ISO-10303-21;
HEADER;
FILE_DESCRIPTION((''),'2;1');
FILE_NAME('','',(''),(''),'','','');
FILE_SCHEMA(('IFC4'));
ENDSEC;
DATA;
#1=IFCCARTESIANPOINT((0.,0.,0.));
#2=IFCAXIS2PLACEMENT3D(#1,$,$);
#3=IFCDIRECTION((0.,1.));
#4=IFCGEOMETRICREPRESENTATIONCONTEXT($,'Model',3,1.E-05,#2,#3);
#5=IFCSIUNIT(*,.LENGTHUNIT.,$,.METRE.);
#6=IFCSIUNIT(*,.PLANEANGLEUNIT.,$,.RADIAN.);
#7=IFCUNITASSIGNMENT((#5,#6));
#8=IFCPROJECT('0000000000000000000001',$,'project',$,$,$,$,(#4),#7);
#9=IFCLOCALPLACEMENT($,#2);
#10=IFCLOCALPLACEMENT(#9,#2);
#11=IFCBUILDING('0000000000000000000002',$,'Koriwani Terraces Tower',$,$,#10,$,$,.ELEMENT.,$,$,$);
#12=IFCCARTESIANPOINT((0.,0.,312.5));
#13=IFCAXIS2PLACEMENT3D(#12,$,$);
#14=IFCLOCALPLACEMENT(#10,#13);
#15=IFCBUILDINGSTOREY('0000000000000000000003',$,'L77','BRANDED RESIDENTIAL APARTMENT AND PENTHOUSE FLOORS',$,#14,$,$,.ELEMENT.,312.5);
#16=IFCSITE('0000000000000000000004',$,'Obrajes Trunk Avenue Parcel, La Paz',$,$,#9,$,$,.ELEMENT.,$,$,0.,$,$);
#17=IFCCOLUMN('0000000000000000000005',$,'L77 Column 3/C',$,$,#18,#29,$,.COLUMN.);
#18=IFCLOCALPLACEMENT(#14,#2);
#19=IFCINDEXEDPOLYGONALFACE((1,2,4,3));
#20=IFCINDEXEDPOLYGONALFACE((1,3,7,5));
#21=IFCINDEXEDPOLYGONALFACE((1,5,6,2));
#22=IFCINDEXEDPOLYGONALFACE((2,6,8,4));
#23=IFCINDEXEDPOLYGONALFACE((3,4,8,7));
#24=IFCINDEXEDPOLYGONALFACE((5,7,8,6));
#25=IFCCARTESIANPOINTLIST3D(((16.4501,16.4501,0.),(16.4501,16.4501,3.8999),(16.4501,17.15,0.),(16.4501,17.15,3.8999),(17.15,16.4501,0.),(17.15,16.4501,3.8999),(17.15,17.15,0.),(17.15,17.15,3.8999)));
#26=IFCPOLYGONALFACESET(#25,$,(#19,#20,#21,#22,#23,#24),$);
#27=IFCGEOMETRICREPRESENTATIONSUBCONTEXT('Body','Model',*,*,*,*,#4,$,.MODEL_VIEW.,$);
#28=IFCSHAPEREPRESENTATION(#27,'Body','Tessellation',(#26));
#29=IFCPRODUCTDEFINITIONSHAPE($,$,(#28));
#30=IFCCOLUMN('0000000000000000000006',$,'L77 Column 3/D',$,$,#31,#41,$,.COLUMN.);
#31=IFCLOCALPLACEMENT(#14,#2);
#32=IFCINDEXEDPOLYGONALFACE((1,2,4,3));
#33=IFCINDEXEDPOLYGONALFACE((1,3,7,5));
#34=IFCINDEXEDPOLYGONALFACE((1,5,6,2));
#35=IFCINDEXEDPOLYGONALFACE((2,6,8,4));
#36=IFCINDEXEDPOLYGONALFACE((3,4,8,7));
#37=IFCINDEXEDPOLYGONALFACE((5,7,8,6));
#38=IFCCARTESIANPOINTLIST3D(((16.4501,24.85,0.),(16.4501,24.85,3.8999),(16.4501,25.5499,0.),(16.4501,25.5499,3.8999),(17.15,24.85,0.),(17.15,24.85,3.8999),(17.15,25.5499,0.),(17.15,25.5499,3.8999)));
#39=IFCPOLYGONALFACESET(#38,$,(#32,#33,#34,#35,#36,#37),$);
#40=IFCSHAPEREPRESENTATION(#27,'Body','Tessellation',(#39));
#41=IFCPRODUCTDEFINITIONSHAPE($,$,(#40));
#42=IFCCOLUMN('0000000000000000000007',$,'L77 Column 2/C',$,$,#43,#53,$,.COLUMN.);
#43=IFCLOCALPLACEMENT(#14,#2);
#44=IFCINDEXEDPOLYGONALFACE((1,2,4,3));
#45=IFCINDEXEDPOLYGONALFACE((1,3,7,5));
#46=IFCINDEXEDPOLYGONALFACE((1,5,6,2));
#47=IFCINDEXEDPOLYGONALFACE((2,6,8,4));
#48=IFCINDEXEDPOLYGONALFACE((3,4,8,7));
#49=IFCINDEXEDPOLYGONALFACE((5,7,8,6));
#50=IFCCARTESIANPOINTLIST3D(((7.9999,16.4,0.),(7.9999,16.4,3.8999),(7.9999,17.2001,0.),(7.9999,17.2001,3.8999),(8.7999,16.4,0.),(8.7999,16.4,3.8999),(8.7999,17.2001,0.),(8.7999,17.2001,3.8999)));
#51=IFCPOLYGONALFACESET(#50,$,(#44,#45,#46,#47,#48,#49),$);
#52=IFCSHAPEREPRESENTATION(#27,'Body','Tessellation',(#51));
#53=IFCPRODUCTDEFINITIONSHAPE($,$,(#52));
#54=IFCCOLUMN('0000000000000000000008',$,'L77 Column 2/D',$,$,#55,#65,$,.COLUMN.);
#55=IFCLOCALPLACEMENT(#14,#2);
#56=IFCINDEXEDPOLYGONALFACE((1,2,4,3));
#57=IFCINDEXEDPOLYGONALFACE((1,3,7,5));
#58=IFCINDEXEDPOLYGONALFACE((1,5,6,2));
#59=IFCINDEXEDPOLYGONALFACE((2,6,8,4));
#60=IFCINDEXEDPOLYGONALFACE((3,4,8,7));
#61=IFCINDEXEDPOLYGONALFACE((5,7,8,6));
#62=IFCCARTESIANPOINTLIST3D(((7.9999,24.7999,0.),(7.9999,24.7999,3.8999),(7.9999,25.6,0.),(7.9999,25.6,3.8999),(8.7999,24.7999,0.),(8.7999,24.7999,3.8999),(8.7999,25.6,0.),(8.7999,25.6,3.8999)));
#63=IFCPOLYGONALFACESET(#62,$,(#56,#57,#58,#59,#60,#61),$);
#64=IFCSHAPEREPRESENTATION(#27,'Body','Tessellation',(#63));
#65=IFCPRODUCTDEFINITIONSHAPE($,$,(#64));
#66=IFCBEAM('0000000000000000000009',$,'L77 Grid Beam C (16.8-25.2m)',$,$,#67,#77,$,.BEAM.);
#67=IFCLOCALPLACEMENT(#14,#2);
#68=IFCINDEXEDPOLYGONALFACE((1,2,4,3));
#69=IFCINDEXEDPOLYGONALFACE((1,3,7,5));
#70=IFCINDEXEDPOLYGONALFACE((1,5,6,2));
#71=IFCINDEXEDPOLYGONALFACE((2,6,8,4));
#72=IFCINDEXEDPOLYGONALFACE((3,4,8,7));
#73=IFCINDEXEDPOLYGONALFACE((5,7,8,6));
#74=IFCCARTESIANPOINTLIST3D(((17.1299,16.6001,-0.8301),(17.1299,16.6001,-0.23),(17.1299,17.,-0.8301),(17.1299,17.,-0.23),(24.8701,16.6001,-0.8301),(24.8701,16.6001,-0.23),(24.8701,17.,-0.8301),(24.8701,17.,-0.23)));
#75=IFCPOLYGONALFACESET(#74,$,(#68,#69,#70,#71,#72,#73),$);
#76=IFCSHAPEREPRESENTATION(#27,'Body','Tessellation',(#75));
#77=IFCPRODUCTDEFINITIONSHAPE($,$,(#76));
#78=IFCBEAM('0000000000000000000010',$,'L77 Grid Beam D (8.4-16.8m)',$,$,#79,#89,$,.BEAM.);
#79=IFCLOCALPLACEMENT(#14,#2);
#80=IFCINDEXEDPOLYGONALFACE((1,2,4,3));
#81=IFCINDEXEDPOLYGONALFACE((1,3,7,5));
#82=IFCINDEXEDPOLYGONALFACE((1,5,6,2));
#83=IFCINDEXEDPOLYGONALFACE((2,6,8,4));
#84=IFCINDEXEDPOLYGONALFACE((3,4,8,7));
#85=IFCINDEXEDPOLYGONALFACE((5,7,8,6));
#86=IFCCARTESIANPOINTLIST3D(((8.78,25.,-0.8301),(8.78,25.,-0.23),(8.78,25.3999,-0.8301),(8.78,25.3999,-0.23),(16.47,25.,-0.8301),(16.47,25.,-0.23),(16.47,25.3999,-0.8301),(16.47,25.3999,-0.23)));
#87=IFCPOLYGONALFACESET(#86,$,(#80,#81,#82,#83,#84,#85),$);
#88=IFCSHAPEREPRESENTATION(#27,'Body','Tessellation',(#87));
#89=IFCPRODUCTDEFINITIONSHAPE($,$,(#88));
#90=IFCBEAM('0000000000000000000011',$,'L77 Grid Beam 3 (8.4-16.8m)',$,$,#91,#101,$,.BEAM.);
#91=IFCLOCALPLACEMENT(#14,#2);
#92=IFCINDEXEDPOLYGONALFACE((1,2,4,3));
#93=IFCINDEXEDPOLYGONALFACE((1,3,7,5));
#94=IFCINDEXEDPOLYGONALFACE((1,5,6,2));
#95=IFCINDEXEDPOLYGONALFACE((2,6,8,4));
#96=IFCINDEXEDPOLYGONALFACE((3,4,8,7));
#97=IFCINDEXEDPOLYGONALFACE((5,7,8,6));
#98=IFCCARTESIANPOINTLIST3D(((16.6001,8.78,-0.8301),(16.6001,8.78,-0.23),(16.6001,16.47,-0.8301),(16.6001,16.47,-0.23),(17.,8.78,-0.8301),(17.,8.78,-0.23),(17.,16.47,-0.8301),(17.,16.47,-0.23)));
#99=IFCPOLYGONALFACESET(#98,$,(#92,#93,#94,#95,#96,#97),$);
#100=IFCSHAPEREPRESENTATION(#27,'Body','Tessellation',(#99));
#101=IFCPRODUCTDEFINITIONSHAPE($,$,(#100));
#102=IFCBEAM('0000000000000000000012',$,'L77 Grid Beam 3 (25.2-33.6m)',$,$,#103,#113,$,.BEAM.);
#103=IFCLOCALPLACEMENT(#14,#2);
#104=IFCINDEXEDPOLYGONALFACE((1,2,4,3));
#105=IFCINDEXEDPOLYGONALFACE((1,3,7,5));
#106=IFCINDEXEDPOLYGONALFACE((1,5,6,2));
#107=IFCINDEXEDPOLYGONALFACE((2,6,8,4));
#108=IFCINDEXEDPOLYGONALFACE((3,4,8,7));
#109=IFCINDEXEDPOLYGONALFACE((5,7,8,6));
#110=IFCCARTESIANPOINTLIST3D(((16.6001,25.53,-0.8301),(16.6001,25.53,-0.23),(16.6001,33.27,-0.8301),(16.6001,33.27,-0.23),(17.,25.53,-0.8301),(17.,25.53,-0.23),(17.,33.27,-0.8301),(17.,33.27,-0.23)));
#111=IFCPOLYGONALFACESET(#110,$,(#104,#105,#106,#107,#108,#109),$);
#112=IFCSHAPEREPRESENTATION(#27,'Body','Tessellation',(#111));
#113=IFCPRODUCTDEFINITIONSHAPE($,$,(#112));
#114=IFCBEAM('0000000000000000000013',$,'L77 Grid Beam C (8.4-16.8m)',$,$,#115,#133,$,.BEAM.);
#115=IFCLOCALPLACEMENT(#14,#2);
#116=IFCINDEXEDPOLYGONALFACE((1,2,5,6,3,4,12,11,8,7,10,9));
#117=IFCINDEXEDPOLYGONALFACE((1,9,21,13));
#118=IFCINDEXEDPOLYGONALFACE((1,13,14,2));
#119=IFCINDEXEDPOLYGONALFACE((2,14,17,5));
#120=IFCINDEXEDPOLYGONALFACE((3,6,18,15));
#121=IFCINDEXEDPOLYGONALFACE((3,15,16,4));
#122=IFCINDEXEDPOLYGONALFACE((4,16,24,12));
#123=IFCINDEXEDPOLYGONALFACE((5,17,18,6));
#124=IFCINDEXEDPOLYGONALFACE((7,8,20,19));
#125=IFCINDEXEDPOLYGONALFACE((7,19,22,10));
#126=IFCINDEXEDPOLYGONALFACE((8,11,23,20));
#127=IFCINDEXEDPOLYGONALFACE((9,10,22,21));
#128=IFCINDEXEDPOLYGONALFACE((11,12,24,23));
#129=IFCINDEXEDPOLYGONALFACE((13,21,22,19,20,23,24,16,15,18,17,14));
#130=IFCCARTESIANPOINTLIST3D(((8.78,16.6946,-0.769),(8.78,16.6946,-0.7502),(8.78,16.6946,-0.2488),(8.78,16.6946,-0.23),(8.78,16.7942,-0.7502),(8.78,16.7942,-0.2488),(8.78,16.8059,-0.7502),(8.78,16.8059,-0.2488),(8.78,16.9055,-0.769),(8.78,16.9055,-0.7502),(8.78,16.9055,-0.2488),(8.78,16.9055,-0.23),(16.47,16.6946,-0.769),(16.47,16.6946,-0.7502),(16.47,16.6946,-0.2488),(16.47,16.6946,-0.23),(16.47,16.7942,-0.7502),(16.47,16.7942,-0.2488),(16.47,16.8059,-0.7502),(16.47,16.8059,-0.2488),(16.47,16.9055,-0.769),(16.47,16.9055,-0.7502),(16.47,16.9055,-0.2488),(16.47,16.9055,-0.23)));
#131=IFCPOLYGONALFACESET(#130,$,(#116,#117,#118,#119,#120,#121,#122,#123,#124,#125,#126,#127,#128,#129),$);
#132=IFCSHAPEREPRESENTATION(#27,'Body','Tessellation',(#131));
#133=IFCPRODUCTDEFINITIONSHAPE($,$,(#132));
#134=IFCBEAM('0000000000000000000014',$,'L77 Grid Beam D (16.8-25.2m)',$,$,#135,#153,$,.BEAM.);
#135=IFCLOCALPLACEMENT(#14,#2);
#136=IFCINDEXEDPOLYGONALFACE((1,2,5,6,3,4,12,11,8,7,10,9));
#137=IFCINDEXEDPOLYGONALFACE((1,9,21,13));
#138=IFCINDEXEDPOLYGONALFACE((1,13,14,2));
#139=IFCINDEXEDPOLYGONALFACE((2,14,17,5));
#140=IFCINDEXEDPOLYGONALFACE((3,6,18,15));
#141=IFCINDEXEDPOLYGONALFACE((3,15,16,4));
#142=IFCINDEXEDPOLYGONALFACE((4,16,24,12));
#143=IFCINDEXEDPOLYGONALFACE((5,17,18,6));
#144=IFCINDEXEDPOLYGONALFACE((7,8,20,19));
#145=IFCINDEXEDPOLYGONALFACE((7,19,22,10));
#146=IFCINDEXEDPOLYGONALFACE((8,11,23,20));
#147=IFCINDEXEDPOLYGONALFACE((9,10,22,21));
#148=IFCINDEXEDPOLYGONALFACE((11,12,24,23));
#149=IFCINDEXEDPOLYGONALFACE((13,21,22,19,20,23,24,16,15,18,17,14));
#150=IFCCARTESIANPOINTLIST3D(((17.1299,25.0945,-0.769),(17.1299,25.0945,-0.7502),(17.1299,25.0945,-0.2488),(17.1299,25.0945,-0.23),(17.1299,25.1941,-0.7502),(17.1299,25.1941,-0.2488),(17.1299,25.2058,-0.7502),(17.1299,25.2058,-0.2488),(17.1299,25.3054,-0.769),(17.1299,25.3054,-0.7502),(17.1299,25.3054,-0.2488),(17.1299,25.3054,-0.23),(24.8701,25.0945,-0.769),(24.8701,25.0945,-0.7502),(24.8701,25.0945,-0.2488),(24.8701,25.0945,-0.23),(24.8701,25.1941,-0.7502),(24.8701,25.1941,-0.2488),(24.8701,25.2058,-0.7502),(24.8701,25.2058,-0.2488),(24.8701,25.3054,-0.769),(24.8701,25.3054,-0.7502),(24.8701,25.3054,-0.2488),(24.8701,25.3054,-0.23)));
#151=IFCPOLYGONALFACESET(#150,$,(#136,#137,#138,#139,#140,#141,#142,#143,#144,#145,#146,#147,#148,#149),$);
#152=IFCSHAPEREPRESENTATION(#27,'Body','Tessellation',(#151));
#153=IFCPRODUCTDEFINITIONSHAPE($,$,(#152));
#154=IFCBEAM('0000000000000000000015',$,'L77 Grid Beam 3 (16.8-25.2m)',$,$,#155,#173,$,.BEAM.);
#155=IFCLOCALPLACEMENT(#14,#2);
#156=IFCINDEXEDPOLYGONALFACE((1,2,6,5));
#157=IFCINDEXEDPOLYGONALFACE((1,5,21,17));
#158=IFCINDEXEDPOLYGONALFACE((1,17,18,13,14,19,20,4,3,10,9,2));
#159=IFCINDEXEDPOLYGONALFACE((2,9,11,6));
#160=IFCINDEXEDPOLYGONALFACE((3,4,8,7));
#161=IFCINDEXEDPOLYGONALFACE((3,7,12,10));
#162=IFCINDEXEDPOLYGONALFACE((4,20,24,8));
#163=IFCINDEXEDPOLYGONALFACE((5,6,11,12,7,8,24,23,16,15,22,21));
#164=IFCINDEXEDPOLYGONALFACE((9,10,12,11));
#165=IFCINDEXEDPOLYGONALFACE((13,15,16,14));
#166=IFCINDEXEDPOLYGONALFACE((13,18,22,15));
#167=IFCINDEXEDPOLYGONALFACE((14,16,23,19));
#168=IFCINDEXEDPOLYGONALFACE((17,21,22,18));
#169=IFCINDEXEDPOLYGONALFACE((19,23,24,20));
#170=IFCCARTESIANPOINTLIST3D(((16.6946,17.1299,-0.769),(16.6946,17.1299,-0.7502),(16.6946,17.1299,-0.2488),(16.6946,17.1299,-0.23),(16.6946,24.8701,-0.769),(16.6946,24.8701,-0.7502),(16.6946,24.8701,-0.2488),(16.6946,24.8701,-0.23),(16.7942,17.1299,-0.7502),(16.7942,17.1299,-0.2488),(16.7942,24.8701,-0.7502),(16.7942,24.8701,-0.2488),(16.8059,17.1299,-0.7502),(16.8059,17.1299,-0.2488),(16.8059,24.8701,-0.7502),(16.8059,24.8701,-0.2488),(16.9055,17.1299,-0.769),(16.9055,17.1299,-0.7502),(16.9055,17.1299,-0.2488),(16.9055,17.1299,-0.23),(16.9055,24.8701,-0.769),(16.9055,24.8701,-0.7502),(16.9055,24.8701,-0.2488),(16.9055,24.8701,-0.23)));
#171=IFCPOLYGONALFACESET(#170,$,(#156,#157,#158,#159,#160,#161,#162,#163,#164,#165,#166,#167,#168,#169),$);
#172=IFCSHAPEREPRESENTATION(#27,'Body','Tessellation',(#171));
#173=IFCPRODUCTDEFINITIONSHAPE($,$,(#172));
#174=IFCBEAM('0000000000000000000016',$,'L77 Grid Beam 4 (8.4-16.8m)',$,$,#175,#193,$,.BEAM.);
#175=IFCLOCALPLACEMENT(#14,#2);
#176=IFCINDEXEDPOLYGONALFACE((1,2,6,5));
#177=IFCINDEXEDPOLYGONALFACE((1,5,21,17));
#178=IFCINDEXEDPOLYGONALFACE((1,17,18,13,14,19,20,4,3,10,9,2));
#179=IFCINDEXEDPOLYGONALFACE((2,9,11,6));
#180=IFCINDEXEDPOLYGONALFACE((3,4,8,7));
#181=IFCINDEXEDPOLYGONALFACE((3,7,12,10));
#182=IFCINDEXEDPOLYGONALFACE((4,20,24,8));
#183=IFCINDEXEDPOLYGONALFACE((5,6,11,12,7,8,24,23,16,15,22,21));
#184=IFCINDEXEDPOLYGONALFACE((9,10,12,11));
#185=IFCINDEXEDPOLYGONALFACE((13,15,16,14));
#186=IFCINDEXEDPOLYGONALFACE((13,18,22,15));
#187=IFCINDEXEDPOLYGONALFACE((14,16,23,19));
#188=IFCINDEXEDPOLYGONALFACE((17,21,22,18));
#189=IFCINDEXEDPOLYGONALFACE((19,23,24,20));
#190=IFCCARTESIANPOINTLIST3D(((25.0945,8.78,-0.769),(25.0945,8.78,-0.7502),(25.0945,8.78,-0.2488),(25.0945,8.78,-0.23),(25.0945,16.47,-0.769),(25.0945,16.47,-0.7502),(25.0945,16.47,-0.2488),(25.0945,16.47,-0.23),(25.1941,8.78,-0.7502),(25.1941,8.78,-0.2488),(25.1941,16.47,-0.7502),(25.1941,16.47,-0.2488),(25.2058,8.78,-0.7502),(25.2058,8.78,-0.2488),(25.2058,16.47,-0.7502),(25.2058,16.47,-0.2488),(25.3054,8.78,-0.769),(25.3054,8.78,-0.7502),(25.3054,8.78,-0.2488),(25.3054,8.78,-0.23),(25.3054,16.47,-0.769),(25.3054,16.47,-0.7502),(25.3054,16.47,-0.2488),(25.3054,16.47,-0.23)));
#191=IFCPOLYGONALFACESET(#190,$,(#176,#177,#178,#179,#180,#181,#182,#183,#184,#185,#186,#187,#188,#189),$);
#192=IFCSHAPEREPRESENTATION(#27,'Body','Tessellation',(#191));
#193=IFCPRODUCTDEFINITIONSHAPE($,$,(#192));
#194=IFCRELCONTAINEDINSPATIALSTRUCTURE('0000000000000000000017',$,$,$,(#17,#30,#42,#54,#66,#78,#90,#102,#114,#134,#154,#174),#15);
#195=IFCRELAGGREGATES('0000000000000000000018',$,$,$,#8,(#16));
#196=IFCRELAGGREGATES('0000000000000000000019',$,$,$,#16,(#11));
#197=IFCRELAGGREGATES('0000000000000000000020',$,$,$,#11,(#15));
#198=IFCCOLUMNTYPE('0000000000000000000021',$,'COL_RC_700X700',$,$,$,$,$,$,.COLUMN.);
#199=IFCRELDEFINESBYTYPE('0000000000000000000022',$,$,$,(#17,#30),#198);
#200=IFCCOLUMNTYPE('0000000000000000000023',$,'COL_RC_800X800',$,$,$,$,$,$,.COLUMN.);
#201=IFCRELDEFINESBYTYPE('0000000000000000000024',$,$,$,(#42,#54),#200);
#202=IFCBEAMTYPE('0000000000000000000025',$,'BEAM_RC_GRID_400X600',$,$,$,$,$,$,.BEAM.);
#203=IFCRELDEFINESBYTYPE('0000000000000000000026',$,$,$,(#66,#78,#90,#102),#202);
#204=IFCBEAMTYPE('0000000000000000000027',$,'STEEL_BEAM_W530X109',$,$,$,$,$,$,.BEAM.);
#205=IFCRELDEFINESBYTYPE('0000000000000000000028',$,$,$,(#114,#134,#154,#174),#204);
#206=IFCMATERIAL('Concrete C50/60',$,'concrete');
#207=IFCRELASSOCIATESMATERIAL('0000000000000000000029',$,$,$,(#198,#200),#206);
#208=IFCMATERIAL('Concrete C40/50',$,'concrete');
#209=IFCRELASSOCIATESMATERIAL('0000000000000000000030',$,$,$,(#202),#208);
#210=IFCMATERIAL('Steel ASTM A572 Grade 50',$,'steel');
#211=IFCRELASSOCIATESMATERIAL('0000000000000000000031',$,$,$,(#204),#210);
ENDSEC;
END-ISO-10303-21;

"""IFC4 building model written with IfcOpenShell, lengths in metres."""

from ifc_helpers import new_model, si_unit, direction, frame, origin, origin_2d, place, context, subcontext, project, spatial, rectangle, i_section, extrude, material, material_profile, profile_set, type_object, element, save


model = new_model("IFC4")

# Units and contexts
model_context = context("Model", 3, precision=1e-05, world=origin(), true_north=direction((0.0, 1.0)))
body_context = subcontext(model_context, "Body", "Model", "MODEL_VIEW")
ifc_project = project(units=[si_unit("LENGTHUNIT", "METRE"), si_unit("PLANEANGLEUNIT", "RADIAN")], contexts=[model_context])

# Site, building, storey
site_placement = place(None, origin())
site = spatial("IfcSite", under=ifc_project, at=site_placement, Name="Obrajes Trunk Avenue Parcel, La Paz", CompositionType="ELEMENT", RefElevation=0.0)
building_placement = place(site_placement, origin())
building = spatial("IfcBuilding", under=site, at=building_placement, Name="Koriwani Terraces Tower", CompositionType="ELEMENT")
storey_placement = place(building_placement, frame((0.0, 0.0, 312.5)))
storey = spatial("IfcBuildingStorey", under=building, at=storey_placement, Name="L77", Description="BRANDED RESIDENTIAL APARTMENT AND PENTHOUSE FLOORS", CompositionType="ELEMENT", Elevation=312.5)

# Columns
ifc_material_1 = material(Name="Concrete C50/60", Category="concrete")
ifc_material_profile_1 = material_profile(ifc_material_1, rectangle(XDim=0.7, YDim=0.7, at=origin_2d()), Name="Concrete C50/60", Category="LoadBearing")
ifc_profile_set_1 = profile_set([ifc_material_profile_1], Name="Concrete C50/60")
column_type_1 = type_object("IfcColumnType", Name="COL_RC_700X700", PredefinedType="COLUMN", material=ifc_profile_set_1)
for number, where, z_axis, x_axis, name in (
    (1, (16.8, 16.8, 0.0), (0.0, 0.0, 1.0), (1.0, 0.0, 0.0), "L77 Column 3/C"),
    (2, (16.8, 25.2, 0.0), (0.0, 0.0, 1.0), (1.0, 0.0, 0.0), "L77 Column 3/D"),
):
    element("IfcColumn", number, at=place(storey_placement, frame(where, z_axis=z_axis, x_axis=x_axis)), inside=storey, type_object=column_type_1, Name=name, PredefinedType="COLUMN", context=body_context, shape_type="SweptSolid", body=[
        extrude(rectangle(XDim=0.7, YDim=0.7, at=origin_2d()), origin(), (0.0, 0.0, 1.0), 3.8999),
    ])
ifc_material_profile_2 = material_profile(ifc_material_1, rectangle(XDim=0.8, YDim=0.8, at=origin_2d()), Name="Concrete C50/60", Category="LoadBearing")
ifc_profile_set_2 = profile_set([ifc_material_profile_2], Name="Concrete C50/60")
column_type_2 = type_object("IfcColumnType", Name="COL_RC_800X800", PredefinedType="COLUMN", material=ifc_profile_set_2)
for number, where, z_axis, x_axis, name in (
    (3, (8.3999, 16.8, 0.0), (0.0, 0.0, 1.0), (1.0, 0.0, 0.0), "L77 Column 2/C"),
    (4, (8.3999, 25.2, 0.0), (0.0, 0.0, 1.0), (1.0, 0.0, 0.0), "L77 Column 2/D"),
):
    element("IfcColumn", number, at=place(storey_placement, frame(where, z_axis=z_axis, x_axis=x_axis)), inside=storey, type_object=column_type_2, Name=name, PredefinedType="COLUMN", context=body_context, shape_type="SweptSolid", body=[
        extrude(rectangle(XDim=0.8, YDim=0.8, at=origin_2d()), origin(), (0.0, 0.0, 1.0), 3.8999),
    ])

# Beams
ifc_material_2 = material(Name="Concrete C40/50", Category="concrete")
ifc_material_profile_3 = material_profile(ifc_material_2, rectangle(XDim=0.3999, YDim=0.6001, at=origin_2d()), Name="Concrete C40/50", Category="LoadBearing")
ifc_profile_set_3 = profile_set([ifc_material_profile_3], Name="Concrete C40/50")
beam_type_1 = type_object("IfcBeamType", Name="BEAM_RC_GRID_400X600", PredefinedType="BEAM", material=ifc_profile_set_3)
beam_1_placement = place(storey_placement, frame((17.1299, 16.8, -0.53), z_axis=(1.0, 0.0, 0.0), x_axis=(0.0, 1.0, 0.0)))
element("IfcBeam", 5, at=beam_1_placement, inside=storey, type_object=beam_type_1, Name="L77 Grid Beam C (16.8-25.2m)", PredefinedType="BEAM", context=body_context, shape_type="SweptSolid", body=[
    extrude(rectangle(XDim=0.3999, YDim=0.6001, at=origin_2d()), origin(), (0.0, 0.0, 1.0), 7.7402),
])
for number, where, z_axis, x_axis, name in (
    (6, (8.78, 25.2, -0.53), (1.0, 0.0, 0.0), (0.0, 1.0, 0.0), "L77 Grid Beam D (8.4-16.8m)"),
    (7, (16.8, 8.78, -0.53), (0.0, 1.0, 0.0), (-1.0, 0.0, 0.0), "L77 Grid Beam 3 (8.4-16.8m)"),
):
    element("IfcBeam", number, at=place(storey_placement, frame(where, z_axis=z_axis, x_axis=x_axis)), inside=storey, type_object=beam_type_1, Name=name, PredefinedType="BEAM", context=body_context, shape_type="SweptSolid", body=[
        extrude(rectangle(XDim=0.3999, YDim=0.6001, at=origin_2d()), origin(), (0.0, 0.0, 1.0), 7.6899),
    ])
beam_2_placement = place(storey_placement, frame((16.8, 25.53, -0.53), z_axis=(0.0, 1.0, 0.0), x_axis=(-1.0, 0.0, 0.0)))
element("IfcBeam", 8, at=beam_2_placement, inside=storey, type_object=beam_type_1, Name="L77 Grid Beam 3 (25.2-33.6m)", PredefinedType="BEAM", context=body_context, shape_type="SweptSolid", body=[
    extrude(rectangle(XDim=0.3999, YDim=0.6001, at=origin_2d()), origin(), (0.0, 0.0, 1.0), 7.74),
])
ifc_material_3 = material(Name="Steel ASTM A572 Grade 50", Category="steel")
ifc_material_profile_4 = material_profile(ifc_material_3, i_section(OverallWidth=0.2109, OverallDepth=0.5391, WebThickness=0.0117, FlangeThickness=0.0188, at=origin_2d()), Name="Steel ASTM A572 Grade 50", Category="LoadBearing")
ifc_profile_set_4 = profile_set([ifc_material_profile_4], Name="Steel ASTM A572 Grade 50")
beam_type_2 = type_object("IfcBeamType", Name="STEEL_BEAM_W530X109", PredefinedType="BEAM", material=ifc_profile_set_4)
beam_3_placement = place(storey_placement, frame((8.78, 16.8, -0.4995), z_axis=(1.0, 0.0, 0.0), x_axis=(0.0, 1.0, 0.0)))
element("IfcBeam", 9, at=beam_3_placement, inside=storey, type_object=beam_type_2, Name="L77 Grid Beam C (8.4-16.8m)", PredefinedType="BEAM", context=body_context, shape_type="SweptSolid", body=[
    extrude(i_section(OverallWidth=0.2109, OverallDepth=0.5391, WebThickness=0.0117, FlangeThickness=0.0188, at=origin_2d()), origin(), (0.0, 0.0, 1.0), 7.6899),
])
for number, where, z_axis, x_axis, name in (
    (10, (17.1299, 25.2, -0.4995), (1.0, 0.0, 0.0), (0.0, 1.0, 0.0), "L77 Grid Beam D (16.8-25.2m)"),
    (11, (16.8, 17.1299, -0.4995), (0.0, 1.0, 0.0), (-1.0, 0.0, 0.0), "L77 Grid Beam 3 (16.8-25.2m)"),
):
    element("IfcBeam", number, at=place(storey_placement, frame(where, z_axis=z_axis, x_axis=x_axis)), inside=storey, type_object=beam_type_2, Name=name, PredefinedType="BEAM", context=body_context, shape_type="SweptSolid", body=[
        extrude(i_section(OverallWidth=0.2109, OverallDepth=0.5391, WebThickness=0.0117, FlangeThickness=0.0188, at=origin_2d()), origin(), (0.0, 0.0, 1.0), 7.7402),
    ])
beam_4_placement = place(storey_placement, frame((25.2, 8.78, -0.4995), z_axis=(0.0, 1.0, 0.0), x_axis=(-1.0, 0.0, 0.0)))
element("IfcBeam", 12, at=beam_4_placement, inside=storey, type_object=beam_type_2, Name="L77 Grid Beam 4 (8.4-16.8m)", PredefinedType="BEAM", context=body_context, shape_type="SweptSolid", body=[
    extrude(i_section(OverallWidth=0.2109, OverallDepth=0.5391, WebThickness=0.0117, FlangeThickness=0.0188, at=origin_2d()), origin(), (0.0, 0.0, 1.0), 7.6899),
])

save(model, "model.ifc")
